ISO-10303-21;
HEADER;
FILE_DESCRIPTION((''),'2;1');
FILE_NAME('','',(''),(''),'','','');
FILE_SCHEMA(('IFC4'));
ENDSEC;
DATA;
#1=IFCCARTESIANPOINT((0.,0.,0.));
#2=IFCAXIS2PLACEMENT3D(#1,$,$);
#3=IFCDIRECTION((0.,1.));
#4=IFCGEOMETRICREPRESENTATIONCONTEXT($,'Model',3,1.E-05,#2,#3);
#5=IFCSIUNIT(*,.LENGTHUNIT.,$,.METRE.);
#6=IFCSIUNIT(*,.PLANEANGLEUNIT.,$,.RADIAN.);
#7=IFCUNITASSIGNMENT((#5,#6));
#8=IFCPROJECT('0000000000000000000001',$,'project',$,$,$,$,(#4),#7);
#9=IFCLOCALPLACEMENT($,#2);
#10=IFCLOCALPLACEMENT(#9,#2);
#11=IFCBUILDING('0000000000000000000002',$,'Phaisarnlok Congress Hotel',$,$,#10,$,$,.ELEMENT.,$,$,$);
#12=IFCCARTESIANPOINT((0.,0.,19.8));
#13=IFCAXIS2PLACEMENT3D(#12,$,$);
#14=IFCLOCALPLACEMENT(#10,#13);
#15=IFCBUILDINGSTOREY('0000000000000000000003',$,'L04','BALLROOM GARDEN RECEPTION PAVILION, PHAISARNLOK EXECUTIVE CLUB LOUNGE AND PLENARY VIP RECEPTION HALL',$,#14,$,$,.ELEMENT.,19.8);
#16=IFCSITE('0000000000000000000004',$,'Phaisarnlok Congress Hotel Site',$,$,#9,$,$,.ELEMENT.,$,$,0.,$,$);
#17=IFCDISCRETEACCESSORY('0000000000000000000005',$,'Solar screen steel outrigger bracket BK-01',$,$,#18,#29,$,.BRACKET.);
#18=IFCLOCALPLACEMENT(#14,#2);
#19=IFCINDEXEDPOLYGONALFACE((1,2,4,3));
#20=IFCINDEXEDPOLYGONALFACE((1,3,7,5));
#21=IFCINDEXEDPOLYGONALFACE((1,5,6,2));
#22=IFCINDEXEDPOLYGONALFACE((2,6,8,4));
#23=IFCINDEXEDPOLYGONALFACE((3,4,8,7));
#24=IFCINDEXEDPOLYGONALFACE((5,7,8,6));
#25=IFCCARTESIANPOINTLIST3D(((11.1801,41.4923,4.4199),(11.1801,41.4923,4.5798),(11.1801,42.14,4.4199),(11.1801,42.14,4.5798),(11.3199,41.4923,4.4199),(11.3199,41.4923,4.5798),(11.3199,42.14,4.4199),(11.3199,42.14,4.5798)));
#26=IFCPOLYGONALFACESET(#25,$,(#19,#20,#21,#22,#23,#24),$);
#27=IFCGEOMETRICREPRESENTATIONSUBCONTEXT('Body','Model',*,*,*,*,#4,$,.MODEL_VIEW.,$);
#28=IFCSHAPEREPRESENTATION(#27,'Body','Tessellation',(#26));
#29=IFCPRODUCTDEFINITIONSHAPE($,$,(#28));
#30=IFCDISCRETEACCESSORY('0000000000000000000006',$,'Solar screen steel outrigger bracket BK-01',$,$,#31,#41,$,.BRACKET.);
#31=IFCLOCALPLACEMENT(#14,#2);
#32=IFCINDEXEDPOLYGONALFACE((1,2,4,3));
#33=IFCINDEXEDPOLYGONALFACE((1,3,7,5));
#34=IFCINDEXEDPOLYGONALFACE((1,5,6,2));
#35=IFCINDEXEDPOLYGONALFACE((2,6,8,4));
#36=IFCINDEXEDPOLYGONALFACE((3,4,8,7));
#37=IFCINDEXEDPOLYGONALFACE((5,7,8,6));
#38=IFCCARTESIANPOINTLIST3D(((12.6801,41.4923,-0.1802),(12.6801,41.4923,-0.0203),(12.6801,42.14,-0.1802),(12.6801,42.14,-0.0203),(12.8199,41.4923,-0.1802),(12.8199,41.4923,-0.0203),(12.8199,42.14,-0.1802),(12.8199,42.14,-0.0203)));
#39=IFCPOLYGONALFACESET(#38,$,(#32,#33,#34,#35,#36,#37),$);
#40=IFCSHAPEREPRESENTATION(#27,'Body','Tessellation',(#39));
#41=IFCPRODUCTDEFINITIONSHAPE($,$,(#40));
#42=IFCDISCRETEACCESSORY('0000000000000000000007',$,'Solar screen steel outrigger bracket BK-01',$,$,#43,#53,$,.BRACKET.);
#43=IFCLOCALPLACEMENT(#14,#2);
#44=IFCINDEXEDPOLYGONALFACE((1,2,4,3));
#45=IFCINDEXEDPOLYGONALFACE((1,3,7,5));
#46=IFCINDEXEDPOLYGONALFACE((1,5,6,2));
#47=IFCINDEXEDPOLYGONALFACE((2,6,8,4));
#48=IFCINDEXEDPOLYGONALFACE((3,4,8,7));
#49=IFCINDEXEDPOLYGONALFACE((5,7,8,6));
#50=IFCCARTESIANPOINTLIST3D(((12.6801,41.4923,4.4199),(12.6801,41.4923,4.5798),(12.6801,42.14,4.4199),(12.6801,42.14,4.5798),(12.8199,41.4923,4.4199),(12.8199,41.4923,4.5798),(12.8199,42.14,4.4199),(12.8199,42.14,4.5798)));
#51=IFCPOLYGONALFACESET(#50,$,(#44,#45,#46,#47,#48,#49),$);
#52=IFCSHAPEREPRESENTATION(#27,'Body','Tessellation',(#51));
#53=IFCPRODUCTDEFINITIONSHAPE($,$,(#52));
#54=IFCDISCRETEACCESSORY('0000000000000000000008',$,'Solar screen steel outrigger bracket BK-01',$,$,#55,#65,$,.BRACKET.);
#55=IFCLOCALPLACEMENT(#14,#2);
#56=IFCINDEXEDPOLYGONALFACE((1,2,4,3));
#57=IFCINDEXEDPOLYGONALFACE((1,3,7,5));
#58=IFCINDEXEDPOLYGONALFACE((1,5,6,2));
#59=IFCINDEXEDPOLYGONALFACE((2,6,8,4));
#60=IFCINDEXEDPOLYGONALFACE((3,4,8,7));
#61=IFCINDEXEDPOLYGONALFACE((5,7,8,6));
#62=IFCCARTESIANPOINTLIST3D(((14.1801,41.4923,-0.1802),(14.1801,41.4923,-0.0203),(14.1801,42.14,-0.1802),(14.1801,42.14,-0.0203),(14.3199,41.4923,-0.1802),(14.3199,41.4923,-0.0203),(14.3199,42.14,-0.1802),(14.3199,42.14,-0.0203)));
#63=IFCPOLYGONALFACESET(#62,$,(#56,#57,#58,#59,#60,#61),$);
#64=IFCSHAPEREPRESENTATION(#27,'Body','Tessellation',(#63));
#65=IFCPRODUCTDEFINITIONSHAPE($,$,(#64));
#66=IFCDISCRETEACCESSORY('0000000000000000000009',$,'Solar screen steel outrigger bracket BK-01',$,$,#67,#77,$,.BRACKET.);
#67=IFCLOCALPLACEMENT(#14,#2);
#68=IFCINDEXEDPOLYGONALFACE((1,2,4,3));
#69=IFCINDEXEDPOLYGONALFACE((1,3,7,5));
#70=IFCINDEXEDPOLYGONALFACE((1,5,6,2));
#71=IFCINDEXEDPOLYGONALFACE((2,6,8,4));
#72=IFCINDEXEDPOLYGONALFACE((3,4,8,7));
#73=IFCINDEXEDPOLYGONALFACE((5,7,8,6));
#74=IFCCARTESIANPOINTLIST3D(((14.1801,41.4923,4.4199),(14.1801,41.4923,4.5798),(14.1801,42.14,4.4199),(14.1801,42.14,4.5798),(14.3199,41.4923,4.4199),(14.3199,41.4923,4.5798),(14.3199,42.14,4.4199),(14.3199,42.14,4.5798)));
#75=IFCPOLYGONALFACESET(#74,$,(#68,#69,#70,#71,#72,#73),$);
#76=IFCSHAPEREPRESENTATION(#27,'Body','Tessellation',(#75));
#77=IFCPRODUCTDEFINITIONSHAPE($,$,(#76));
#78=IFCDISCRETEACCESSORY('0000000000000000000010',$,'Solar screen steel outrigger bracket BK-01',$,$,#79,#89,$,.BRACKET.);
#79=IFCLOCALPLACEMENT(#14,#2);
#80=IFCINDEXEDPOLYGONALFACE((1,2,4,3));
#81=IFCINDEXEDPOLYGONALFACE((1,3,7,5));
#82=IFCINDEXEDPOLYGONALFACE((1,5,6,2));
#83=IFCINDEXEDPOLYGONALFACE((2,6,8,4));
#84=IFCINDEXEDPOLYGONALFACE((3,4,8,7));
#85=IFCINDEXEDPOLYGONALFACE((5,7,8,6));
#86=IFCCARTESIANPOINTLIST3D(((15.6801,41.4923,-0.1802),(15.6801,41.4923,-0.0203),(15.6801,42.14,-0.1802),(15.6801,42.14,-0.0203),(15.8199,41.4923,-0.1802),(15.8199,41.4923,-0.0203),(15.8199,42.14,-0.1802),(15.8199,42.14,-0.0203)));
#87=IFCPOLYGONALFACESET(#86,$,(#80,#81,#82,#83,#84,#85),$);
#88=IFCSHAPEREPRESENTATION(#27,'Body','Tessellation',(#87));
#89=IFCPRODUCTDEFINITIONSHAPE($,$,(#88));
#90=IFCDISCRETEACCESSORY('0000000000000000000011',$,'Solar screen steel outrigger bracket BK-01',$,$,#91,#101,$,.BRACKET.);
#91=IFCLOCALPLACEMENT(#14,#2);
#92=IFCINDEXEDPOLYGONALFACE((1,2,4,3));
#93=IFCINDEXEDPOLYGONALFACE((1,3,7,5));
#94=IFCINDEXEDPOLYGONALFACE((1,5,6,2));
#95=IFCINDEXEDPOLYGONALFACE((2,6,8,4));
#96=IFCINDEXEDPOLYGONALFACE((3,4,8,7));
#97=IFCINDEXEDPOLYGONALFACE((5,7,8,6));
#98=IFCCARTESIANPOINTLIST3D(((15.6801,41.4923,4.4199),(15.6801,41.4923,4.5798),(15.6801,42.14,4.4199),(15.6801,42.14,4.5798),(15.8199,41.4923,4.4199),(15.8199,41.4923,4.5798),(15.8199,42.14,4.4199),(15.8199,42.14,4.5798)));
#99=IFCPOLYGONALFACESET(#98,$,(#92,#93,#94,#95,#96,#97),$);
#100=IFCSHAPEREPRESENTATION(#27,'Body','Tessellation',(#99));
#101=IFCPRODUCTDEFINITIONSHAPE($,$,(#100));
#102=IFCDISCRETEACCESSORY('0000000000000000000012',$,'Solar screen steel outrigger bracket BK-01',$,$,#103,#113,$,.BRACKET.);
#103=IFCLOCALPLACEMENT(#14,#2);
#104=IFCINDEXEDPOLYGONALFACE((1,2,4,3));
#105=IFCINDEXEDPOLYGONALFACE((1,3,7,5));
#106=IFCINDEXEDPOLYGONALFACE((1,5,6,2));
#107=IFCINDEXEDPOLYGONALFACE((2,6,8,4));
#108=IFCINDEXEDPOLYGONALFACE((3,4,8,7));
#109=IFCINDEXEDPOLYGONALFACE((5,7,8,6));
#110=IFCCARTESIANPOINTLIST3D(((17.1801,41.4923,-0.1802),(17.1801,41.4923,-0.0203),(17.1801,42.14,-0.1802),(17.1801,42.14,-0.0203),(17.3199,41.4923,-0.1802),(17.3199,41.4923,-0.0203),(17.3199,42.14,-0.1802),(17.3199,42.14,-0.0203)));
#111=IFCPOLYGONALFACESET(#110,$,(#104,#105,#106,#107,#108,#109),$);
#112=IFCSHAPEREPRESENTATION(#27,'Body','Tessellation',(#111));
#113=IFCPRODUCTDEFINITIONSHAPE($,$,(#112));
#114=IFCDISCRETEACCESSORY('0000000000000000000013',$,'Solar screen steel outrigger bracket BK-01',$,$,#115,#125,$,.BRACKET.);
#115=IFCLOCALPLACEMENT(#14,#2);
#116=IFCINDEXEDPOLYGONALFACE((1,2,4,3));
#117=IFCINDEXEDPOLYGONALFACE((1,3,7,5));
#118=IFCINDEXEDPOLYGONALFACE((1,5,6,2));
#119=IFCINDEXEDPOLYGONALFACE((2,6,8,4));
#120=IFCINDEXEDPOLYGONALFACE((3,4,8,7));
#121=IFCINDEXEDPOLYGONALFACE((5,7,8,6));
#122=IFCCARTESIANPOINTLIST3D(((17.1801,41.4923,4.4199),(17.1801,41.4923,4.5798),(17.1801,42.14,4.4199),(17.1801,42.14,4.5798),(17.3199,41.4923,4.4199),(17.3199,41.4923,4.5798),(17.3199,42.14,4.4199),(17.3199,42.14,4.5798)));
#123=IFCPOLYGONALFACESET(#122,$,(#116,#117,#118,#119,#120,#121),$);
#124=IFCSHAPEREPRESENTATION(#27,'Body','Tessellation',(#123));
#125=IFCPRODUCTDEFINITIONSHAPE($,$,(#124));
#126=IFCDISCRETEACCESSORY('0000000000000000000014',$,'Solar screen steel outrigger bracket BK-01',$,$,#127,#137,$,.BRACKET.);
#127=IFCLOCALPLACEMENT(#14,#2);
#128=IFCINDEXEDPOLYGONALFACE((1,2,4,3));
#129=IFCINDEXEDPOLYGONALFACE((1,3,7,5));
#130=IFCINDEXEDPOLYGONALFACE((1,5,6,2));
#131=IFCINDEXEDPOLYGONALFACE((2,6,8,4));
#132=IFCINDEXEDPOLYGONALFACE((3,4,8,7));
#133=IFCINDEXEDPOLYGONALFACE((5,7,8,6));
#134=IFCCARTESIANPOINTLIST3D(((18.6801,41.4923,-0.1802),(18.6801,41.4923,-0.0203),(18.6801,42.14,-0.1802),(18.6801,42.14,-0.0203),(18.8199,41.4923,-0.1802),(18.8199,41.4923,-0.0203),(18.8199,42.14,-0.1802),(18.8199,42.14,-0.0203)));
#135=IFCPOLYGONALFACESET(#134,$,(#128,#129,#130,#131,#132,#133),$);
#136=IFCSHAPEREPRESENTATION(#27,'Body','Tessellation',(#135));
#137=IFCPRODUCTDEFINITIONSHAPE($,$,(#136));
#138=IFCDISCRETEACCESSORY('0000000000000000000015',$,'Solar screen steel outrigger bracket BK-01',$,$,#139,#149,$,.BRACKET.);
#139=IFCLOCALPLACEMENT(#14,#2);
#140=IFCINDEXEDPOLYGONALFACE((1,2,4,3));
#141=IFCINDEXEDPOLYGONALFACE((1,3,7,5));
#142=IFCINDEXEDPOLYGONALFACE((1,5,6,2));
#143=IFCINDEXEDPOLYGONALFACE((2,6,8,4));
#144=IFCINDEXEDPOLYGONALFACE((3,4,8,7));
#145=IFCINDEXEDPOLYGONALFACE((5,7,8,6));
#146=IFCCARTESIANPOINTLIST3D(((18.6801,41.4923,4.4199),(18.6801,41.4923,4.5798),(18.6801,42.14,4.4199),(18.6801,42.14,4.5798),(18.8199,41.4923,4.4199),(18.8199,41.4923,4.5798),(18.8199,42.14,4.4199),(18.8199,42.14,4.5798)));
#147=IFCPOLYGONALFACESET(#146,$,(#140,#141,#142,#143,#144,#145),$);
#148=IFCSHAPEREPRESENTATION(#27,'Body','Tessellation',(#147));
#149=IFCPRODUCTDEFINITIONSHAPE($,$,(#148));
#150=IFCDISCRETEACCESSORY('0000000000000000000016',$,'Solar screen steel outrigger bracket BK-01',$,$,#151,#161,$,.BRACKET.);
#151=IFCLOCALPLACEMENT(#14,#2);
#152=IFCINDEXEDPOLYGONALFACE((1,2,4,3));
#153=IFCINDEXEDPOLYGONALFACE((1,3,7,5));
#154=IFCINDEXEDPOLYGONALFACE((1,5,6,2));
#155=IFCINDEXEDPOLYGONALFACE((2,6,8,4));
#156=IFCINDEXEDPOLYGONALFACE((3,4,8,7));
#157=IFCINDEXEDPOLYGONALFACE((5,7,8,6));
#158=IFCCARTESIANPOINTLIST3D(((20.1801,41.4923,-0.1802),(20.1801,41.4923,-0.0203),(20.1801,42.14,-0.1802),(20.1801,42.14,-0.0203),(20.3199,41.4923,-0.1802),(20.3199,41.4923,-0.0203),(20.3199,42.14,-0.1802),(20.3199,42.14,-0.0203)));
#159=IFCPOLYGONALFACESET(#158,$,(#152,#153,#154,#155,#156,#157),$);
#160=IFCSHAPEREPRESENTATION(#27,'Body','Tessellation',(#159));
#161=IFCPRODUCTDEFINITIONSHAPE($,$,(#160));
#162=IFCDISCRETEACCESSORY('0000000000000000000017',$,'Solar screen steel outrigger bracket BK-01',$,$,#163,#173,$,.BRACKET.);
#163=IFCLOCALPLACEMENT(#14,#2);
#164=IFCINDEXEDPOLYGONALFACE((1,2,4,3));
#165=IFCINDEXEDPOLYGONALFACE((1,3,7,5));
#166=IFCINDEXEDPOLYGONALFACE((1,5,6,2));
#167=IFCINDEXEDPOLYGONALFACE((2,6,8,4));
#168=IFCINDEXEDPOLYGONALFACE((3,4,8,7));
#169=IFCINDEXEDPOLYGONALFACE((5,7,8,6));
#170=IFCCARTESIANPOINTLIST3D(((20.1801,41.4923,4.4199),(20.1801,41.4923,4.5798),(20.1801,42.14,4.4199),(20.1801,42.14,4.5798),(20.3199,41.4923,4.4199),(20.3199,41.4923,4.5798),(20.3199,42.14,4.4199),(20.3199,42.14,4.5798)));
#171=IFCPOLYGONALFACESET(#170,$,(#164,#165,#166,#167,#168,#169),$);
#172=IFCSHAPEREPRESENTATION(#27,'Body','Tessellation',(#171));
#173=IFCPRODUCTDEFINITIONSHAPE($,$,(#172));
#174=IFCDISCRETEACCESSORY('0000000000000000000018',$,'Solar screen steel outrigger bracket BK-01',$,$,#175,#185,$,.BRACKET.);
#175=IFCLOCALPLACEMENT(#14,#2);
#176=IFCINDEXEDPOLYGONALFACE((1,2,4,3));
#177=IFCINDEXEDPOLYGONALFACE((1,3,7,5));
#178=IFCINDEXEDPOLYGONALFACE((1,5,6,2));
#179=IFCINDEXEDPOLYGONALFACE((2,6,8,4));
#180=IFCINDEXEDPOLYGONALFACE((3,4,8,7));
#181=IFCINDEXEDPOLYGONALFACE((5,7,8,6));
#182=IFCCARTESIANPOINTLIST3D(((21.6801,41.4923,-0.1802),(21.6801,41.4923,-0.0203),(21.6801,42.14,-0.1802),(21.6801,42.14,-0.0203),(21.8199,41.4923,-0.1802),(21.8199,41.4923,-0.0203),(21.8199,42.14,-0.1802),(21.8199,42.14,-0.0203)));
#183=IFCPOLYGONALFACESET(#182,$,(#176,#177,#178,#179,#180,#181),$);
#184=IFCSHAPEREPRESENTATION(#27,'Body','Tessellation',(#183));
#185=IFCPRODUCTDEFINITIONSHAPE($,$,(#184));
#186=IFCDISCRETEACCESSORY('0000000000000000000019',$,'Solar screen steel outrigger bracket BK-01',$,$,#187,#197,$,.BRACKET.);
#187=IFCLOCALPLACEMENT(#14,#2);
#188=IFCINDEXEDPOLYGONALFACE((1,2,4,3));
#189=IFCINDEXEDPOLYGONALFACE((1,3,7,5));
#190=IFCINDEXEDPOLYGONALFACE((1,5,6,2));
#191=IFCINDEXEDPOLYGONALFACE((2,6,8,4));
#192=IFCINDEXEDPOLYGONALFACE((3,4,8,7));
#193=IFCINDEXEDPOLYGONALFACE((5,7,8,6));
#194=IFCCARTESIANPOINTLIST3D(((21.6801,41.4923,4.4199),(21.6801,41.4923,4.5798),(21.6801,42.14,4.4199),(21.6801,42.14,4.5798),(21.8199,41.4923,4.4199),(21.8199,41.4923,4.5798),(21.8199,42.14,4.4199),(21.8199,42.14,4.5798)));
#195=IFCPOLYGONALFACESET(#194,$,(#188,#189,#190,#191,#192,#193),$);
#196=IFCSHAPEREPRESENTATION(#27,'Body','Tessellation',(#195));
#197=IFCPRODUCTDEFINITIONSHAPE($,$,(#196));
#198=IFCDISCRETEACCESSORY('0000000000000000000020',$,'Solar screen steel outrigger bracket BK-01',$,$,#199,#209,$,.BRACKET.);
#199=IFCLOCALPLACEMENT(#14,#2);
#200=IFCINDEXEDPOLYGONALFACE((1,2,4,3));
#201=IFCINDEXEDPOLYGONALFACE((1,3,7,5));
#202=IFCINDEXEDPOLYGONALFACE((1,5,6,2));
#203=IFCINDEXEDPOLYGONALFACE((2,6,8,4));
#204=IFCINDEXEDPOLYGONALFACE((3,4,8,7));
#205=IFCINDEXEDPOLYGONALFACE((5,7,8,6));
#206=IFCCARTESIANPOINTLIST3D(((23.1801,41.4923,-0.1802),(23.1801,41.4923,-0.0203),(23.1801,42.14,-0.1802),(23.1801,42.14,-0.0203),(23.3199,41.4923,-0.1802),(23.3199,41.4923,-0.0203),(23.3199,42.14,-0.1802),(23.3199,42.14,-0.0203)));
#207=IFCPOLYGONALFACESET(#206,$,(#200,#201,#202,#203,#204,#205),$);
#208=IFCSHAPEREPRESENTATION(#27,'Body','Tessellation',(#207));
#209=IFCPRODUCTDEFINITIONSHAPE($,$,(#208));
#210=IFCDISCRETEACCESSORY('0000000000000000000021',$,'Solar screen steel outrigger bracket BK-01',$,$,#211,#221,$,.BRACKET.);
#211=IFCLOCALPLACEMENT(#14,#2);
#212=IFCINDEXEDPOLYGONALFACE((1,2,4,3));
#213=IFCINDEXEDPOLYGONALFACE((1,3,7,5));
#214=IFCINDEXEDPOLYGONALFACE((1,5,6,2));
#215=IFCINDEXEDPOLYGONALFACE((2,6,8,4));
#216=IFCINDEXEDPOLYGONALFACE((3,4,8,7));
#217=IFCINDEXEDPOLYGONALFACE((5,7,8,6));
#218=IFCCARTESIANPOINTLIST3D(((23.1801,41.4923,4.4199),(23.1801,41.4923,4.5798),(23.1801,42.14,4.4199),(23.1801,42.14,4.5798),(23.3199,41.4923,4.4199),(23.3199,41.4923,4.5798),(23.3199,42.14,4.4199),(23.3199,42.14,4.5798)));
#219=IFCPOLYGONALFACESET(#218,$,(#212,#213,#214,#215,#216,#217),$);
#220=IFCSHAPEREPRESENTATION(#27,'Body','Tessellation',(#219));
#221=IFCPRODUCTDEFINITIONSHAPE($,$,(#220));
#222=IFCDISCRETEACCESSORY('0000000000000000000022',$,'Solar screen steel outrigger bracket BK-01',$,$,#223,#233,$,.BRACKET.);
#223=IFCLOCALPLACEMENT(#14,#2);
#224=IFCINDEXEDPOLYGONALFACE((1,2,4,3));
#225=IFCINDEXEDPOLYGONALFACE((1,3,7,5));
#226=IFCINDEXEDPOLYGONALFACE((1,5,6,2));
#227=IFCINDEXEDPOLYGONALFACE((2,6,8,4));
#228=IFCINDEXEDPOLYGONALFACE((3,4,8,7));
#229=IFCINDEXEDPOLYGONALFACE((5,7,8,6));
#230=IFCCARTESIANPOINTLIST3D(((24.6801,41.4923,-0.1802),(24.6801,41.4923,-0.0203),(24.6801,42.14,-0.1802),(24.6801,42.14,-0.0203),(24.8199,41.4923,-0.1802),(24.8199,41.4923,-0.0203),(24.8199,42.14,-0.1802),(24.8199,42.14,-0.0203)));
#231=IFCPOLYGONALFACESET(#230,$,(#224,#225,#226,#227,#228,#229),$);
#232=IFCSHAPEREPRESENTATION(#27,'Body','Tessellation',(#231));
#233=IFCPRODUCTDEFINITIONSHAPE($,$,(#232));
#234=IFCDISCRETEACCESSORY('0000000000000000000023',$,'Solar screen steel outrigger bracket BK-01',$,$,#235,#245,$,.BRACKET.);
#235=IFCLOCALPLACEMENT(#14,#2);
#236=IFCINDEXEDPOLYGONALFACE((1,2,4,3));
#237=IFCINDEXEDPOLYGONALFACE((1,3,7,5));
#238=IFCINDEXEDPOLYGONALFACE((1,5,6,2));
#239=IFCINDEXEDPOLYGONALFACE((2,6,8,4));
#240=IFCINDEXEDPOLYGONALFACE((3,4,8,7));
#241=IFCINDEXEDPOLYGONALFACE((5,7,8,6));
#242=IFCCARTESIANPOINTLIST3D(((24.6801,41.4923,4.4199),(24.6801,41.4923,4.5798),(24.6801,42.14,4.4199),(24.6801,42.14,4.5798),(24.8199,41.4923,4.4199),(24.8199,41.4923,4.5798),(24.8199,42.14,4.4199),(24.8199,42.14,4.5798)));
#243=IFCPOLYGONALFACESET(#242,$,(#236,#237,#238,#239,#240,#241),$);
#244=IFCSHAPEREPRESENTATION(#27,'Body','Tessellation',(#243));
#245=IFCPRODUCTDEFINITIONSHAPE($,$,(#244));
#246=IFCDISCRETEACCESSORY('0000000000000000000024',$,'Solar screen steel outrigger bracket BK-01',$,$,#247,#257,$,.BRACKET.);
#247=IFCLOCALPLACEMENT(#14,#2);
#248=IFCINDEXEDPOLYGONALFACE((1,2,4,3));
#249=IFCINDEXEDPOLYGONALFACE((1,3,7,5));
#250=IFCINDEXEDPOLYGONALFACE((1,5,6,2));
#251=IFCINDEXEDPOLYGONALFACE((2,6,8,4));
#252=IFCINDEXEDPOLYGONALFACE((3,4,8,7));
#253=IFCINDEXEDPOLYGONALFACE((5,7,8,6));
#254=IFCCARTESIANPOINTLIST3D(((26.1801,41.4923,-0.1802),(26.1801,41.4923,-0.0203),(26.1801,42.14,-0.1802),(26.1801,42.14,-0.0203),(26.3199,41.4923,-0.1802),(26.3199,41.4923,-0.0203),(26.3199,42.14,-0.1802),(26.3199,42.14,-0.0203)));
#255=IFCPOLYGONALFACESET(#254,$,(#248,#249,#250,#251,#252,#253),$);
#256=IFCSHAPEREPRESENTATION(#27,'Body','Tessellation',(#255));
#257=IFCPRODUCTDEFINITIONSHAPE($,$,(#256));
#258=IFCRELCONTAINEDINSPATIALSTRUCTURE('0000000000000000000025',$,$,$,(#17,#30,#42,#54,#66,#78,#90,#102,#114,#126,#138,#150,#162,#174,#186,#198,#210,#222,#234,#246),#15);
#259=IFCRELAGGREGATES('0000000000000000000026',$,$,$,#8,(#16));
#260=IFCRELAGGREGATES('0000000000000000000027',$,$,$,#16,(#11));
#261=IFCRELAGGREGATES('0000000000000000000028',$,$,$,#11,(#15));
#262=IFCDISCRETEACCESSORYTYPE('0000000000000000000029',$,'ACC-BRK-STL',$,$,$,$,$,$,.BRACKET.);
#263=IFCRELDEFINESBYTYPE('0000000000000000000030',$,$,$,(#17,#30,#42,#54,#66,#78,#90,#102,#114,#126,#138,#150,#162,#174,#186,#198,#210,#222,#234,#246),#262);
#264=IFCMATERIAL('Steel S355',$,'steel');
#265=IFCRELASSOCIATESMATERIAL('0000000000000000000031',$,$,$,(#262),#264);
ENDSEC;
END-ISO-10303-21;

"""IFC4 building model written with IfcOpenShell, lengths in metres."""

from ifc_helpers import new_model, si_unit, direction, frame, origin, origin_2d, place, context, subcontext, project, spatial, rectangle, extrude, material, type_object, element, save


model = new_model("IFC4")

# Units and contexts
model_context = context("Model", 3, precision=1e-05, world=origin(), true_north=direction((0.0, 1.0)))
body_context = subcontext(model_context, "Body", "Model", "MODEL_VIEW")
ifc_project = project(units=[si_unit("LENGTHUNIT", "METRE"), si_unit("PLANEANGLEUNIT", "RADIAN")], contexts=[model_context])

# Site, building, storey
site_placement = place(None, origin())
site = spatial("IfcSite", under=ifc_project, at=site_placement, Name="Phaisarnlok Congress Hotel Site", CompositionType="ELEMENT", RefElevation=0.0)
building_placement = place(site_placement, origin())
building = spatial("IfcBuilding", under=site, at=building_placement, Name="Phaisarnlok Congress Hotel", CompositionType="ELEMENT")
storey_placement = place(building_placement, frame((0.0, 0.0, 19.8)))
storey = spatial("IfcBuildingStorey", under=building, at=storey_placement, Name="L04", Description="BALLROOM GARDEN RECEPTION PAVILION, PHAISARNLOK EXECUTIVE CLUB LOUNGE AND PLENARY VIP RECEPTION HALL", CompositionType="ELEMENT", Elevation=19.8)

# Discrete accessories
ifc_material = material(Name="Steel S355", Category="steel")
discrete_accessory_type = type_object("IfcDiscreteAccessoryType", Name="ACC-BRK-STL", PredefinedType="BRACKET", material=ifc_material)
for number, where, z_axis, x_axis, name in (
    (1, (11.25, 41.8162, 4.4199), (0.0, 0.0, 1.0), (1.0, 0.0, 0.0), "Solar screen steel outrigger bracket BK-01"),
    (2, (12.75, 41.8162, -0.1802), (0.0, 0.0, 1.0), (1.0, 0.0, 0.0), "Solar screen steel outrigger bracket BK-01"),
    (3, (12.75, 41.8162, 4.4199), (0.0, 0.0, 1.0), (1.0, 0.0, 0.0), "Solar screen steel outrigger bracket BK-01"),
    (4, (14.25, 41.8162, -0.1802), (0.0, 0.0, 1.0), (1.0, 0.0, 0.0), "Solar screen steel outrigger bracket BK-01"),
    (5, (14.25, 41.8162, 4.4199), (0.0, 0.0, 1.0), (1.0, 0.0, 0.0), "Solar screen steel outrigger bracket BK-01"),
    (6, (15.75, 41.8162, -0.1802), (0.0, 0.0, 1.0), (1.0, 0.0, 0.0), "Solar screen steel outrigger bracket BK-01"),
    (7, (15.75, 41.8162, 4.4199), (0.0, 0.0, 1.0), (1.0, 0.0, 0.0), "Solar screen steel outrigger bracket BK-01"),
    (8, (17.25, 41.8162, -0.1802), (0.0, 0.0, 1.0), (1.0, 0.0, 0.0), "Solar screen steel outrigger bracket BK-01"),
    (9, (17.25, 41.8162, 4.4199), (0.0, 0.0, 1.0), (1.0, 0.0, 0.0), "Solar screen steel outrigger bracket BK-01"),
    (10, (18.75, 41.8162, -0.1802), (0.0, 0.0, 1.0), (1.0, 0.0, 0.0), "Solar screen steel outrigger bracket BK-01"),
    (11, (18.75, 41.8162, 4.4199), (0.0, 0.0, 1.0), (1.0, 0.0, 0.0), "Solar screen steel outrigger bracket BK-01"),
    (12, (20.25, 41.8162, -0.1802), (0.0, 0.0, 1.0), (1.0, 0.0, 0.0), "Solar screen steel outrigger bracket BK-01"),
    (13, (20.25, 41.8162, 4.4199), (0.0, 0.0, 1.0), (1.0, 0.0, 0.0), "Solar screen steel outrigger bracket BK-01"),
    (14, (21.75, 41.8162, -0.1802), (0.0, 0.0, 1.0), (1.0, 0.0, 0.0), "Solar screen steel outrigger bracket BK-01"),
    (15, (21.75, 41.8162, 4.4199), (0.0, 0.0, 1.0), (1.0, 0.0, 0.0), "Solar screen steel outrigger bracket BK-01"),
    (16, (23.25, 41.8162, -0.1802), (0.0, 0.0, 1.0), (1.0, 0.0, 0.0), "Solar screen steel outrigger bracket BK-01"),
    (17, (23.25, 41.8162, 4.4199), (0.0, 0.0, 1.0), (1.0, 0.0, 0.0), "Solar screen steel outrigger bracket BK-01"),
    (18, (24.75, 41.8162, -0.1802), (0.0, 0.0, 1.0), (1.0, 0.0, 0.0), "Solar screen steel outrigger bracket BK-01"),
    (19, (24.75, 41.8162, 4.4199), (0.0, 0.0, 1.0), (1.0, 0.0, 0.0), "Solar screen steel outrigger bracket BK-01"),
    (20, (26.25, 41.8162, -0.1802), (0.0, 0.0, 1.0), (1.0, 0.0, 0.0), "Solar screen steel outrigger bracket BK-01"),
):
    element("IfcDiscreteAccessory", number, at=place(storey_placement, frame(where, z_axis=z_axis, x_axis=x_axis)), inside=storey, type_object=discrete_accessory_type, Name=name, PredefinedType="BRACKET", context=body_context, shape_type="SweptSolid", body=[
        extrude(rectangle(XDim=0.1399, YDim=0.6477, at=origin_2d()), origin(), (0.0, 0.0, 1.0), 0.1599),
    ])

save(model, "model.ifc")
